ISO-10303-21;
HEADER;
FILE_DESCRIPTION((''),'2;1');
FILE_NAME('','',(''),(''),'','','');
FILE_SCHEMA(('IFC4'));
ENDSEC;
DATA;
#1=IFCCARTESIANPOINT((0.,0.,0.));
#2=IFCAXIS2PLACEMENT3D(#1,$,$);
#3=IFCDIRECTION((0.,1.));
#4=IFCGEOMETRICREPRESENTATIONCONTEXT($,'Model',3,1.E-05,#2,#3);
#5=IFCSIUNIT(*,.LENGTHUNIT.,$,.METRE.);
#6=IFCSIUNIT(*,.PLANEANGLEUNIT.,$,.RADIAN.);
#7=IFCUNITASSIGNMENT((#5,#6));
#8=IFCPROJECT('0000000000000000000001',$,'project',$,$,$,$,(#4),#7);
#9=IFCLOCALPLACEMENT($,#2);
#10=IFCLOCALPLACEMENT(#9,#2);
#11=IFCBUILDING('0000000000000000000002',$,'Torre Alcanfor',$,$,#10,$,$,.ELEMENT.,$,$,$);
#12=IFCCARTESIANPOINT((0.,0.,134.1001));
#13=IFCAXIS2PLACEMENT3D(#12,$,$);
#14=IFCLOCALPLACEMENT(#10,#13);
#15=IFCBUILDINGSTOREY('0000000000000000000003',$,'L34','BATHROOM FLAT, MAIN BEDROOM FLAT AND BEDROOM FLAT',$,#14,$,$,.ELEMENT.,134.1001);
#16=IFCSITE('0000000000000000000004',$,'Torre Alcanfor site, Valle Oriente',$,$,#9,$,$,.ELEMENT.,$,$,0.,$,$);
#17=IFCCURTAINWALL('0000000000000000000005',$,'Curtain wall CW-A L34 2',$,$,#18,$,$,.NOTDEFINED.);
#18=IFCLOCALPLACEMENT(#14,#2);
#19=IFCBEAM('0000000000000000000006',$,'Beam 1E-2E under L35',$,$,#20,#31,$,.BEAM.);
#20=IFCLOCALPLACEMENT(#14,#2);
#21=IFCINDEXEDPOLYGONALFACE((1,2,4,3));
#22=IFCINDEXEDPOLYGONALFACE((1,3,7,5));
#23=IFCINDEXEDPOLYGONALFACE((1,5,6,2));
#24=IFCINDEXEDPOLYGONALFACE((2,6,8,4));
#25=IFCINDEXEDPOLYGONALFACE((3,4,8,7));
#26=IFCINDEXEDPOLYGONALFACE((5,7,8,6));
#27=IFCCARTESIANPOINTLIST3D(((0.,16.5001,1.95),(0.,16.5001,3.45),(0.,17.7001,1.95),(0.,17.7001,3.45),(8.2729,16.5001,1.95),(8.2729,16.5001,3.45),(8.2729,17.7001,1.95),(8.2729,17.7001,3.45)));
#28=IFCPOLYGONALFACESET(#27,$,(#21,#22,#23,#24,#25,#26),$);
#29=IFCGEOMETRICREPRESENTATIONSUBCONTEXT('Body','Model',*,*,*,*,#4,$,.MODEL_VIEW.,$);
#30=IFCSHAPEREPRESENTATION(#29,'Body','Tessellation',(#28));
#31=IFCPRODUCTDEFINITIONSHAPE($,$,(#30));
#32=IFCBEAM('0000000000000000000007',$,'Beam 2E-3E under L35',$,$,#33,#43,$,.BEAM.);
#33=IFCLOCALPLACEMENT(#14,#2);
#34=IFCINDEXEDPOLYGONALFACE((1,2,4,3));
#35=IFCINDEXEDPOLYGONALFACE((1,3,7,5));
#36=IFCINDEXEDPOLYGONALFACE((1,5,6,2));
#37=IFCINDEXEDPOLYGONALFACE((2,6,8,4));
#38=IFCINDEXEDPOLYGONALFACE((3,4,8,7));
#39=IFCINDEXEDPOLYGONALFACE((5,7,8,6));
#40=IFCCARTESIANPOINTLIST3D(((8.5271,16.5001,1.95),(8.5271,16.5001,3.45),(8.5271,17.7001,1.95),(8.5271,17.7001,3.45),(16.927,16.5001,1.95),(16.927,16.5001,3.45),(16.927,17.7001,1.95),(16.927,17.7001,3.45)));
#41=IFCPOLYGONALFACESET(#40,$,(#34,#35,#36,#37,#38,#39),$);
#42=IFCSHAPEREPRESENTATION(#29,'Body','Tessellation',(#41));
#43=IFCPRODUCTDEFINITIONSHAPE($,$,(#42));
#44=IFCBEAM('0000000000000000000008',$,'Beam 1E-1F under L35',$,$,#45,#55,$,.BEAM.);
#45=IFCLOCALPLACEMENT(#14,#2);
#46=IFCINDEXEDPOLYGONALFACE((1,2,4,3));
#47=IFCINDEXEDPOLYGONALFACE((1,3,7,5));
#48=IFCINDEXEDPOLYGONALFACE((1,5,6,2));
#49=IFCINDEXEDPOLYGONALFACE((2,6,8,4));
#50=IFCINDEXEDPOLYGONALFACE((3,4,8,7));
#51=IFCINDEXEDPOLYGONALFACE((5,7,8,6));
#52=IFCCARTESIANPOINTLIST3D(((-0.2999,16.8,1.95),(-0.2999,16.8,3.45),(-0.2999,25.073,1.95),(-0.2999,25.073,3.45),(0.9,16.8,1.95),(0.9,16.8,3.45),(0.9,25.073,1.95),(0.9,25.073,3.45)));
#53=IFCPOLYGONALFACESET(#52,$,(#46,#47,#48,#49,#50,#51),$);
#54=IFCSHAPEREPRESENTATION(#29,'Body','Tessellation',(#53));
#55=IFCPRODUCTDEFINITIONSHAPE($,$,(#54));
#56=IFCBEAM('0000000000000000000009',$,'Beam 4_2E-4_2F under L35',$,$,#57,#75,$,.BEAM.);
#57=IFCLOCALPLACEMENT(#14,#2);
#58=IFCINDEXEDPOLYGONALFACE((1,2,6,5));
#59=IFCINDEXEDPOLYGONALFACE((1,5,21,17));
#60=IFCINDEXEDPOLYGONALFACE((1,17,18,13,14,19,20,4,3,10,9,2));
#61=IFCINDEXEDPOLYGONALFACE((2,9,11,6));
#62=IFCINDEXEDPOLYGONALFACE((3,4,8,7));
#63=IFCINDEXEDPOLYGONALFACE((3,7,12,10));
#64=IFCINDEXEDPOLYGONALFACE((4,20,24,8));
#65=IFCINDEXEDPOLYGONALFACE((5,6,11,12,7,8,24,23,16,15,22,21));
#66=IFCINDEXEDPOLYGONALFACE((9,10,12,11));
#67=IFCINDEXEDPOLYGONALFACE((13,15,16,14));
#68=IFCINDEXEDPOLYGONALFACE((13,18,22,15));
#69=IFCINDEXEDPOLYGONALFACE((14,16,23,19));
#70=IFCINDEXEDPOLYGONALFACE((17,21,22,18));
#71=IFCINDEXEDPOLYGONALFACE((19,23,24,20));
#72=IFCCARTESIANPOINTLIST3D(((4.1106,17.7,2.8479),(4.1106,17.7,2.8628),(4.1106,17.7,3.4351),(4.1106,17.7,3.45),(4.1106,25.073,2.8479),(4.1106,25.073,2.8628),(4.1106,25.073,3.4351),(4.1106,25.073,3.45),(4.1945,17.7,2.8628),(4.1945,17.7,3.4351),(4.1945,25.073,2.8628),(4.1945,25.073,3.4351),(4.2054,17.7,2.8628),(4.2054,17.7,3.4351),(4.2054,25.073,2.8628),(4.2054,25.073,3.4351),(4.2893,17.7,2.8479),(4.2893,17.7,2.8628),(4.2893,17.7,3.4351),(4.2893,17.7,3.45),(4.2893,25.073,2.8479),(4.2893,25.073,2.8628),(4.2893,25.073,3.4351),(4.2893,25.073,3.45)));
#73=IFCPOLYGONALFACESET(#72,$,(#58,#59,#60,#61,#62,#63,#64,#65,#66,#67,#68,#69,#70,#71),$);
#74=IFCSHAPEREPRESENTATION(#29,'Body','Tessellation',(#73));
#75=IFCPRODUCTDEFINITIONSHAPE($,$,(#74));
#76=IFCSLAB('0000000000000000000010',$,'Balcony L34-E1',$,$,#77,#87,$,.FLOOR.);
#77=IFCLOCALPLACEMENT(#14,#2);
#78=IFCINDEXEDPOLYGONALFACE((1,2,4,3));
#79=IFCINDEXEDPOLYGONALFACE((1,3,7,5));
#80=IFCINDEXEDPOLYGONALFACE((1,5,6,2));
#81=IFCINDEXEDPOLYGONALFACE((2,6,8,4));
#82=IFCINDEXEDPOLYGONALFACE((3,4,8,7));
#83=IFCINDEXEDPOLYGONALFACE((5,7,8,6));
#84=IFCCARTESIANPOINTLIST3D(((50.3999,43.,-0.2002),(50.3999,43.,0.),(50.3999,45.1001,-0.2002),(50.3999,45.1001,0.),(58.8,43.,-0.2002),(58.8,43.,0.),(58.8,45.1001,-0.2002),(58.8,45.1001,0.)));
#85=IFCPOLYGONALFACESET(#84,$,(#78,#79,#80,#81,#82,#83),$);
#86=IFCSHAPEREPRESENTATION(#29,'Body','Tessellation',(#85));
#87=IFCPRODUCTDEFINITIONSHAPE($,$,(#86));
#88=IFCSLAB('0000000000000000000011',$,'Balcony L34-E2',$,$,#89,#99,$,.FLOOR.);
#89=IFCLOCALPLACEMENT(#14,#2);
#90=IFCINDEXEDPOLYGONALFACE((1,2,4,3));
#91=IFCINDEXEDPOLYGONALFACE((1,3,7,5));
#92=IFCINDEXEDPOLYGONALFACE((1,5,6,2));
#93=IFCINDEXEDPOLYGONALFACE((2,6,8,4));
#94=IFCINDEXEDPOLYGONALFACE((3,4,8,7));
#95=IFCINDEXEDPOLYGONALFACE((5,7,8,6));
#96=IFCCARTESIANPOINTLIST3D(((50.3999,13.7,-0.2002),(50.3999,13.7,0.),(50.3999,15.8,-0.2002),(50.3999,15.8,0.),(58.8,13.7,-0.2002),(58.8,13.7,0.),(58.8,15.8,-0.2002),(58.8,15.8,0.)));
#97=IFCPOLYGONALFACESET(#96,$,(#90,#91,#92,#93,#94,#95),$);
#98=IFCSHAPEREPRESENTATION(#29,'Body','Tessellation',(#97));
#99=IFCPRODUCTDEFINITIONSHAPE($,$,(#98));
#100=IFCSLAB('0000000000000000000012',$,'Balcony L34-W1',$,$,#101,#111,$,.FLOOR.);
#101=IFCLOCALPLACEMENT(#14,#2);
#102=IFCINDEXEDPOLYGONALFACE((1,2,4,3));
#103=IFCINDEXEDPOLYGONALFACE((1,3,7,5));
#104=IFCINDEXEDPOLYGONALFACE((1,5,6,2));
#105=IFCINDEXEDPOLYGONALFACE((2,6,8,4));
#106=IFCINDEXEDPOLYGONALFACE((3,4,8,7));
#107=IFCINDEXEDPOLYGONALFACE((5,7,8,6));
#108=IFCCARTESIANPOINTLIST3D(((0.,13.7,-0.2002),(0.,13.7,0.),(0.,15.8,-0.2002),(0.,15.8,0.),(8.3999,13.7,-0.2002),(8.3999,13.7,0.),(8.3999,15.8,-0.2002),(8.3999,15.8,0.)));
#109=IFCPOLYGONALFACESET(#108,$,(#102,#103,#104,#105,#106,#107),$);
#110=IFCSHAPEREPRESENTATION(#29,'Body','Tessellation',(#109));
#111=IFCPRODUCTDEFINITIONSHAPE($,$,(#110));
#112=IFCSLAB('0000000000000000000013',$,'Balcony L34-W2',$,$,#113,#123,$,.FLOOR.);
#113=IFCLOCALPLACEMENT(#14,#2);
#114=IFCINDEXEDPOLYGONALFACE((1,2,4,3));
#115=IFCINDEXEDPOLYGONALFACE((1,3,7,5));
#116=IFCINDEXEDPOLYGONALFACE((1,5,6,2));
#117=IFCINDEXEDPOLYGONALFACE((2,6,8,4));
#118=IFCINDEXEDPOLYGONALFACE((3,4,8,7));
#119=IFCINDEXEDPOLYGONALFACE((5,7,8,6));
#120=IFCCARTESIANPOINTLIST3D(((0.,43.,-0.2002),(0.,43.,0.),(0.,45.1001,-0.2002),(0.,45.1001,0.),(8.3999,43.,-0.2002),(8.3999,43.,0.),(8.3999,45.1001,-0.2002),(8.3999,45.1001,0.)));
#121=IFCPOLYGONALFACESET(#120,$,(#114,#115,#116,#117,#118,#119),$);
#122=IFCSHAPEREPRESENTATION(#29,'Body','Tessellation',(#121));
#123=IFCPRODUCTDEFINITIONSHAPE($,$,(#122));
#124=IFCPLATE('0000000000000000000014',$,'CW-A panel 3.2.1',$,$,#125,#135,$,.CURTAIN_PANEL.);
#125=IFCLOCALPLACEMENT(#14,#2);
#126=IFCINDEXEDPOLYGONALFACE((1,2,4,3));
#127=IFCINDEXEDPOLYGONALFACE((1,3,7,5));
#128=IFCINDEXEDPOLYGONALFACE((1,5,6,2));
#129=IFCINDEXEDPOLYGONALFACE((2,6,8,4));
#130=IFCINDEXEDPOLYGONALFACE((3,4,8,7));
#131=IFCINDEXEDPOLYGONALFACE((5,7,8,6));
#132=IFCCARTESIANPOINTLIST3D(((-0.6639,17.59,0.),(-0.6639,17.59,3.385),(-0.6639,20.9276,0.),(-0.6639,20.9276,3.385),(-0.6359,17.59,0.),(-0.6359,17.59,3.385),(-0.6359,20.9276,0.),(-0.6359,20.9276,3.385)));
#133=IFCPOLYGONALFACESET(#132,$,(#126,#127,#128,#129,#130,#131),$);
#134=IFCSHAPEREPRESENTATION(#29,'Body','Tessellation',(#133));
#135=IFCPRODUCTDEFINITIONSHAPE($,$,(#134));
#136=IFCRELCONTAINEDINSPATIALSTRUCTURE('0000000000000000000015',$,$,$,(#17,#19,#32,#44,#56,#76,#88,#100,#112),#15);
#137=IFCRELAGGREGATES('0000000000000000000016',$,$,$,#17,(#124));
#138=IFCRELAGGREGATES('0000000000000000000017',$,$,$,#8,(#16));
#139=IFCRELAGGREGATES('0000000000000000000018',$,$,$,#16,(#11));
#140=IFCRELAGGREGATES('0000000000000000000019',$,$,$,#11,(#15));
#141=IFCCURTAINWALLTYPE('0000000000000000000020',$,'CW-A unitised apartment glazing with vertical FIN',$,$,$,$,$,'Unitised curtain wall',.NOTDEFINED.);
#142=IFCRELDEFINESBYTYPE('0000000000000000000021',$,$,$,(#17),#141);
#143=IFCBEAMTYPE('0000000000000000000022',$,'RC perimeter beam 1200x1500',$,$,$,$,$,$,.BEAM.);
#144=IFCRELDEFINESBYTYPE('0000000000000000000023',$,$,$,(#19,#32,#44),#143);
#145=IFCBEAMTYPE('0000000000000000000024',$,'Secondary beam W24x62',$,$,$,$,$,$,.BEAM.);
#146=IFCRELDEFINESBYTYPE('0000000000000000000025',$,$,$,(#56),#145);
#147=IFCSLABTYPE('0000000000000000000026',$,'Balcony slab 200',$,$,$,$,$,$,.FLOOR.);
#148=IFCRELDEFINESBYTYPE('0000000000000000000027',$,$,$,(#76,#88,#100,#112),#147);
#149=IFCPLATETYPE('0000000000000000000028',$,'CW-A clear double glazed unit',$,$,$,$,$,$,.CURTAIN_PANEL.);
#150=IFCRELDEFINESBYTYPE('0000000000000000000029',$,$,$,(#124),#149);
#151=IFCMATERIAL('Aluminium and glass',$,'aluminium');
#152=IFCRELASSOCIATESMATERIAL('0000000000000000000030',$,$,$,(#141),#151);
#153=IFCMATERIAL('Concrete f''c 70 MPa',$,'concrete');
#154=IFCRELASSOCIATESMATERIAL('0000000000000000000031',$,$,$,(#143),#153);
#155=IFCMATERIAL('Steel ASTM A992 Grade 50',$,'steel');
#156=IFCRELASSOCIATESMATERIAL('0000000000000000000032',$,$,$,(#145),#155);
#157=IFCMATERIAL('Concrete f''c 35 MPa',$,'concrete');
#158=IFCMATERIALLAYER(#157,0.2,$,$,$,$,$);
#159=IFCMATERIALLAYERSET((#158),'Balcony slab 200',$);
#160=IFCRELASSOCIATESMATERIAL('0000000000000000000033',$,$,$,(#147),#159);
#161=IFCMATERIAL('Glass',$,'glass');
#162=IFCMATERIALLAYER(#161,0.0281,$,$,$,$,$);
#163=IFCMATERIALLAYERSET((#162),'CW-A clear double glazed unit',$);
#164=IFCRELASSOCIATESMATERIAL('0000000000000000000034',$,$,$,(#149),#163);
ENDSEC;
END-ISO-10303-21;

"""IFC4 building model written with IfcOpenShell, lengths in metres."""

from ifc_helpers import new_model, si_unit, direction, frame, origin, origin_2d, place, context, subcontext, project, spatial, polyline, rectangle, i_section, outline, extrude, material, layer, layer_set, material_profile, profile_set, type_object, element, aggregate, save


model = new_model("IFC4")

# Units and contexts
model_context = context("Model", 3, precision=1e-05, world=origin(), true_north=direction((0.0, 1.0)))
body_context = subcontext(model_context, "Body", "Model", "MODEL_VIEW")
ifc_project = project(units=[si_unit("LENGTHUNIT", "METRE"), si_unit("PLANEANGLEUNIT", "RADIAN")], contexts=[model_context])

# Site, building, storey
site_placement = place(None, origin())
site = spatial("IfcSite", under=ifc_project, at=site_placement, Name="Torre Alcanfor site, Valle Oriente", CompositionType="ELEMENT", RefElevation=0.0)
building_placement = place(site_placement, origin())
building = spatial("IfcBuilding", under=site, at=building_placement, Name="Torre Alcanfor", CompositionType="ELEMENT")
storey_placement = place(building_placement, frame((0.0, 0.0, 134.1001)))
storey = spatial("IfcBuildingStorey", under=building, at=storey_placement, Name="L34", Description="BATHROOM FLAT, MAIN BEDROOM FLAT AND BEDROOM FLAT", CompositionType="ELEMENT", Elevation=134.1001)

# Curtain wall
ifc_material_1 = material(Name="Aluminium and glass", Category="aluminium")
curtain_wall_type = type_object("IfcCurtainWallType", Name="CW-A unitised apartment glazing with vertical FIN", ElementType="Unitised curtain wall", PredefinedType="NOTDEFINED", material=ifc_material_1)
curtain_wall_placement = place(storey_placement, origin())
curtain_wall = element("IfcCurtainWall", 1, at=curtain_wall_placement, inside=storey, type_object=curtain_wall_type, Name="Curtain wall CW-A L34 2", PredefinedType="NOTDEFINED")

# Beams
ifc_material_2 = material(Name="Concrete f'c 70 MPa", Category="concrete")
ifc_material_profile_1 = material_profile(ifc_material_2, rectangle(XDim=1.2, YDim=1.5, at=origin_2d()), Name="1200x1500")
ifc_profile_set_1 = profile_set([ifc_material_profile_1], Name="Concrete f'c 70 MPa")
beam_type_1 = type_object("IfcBeamType", Name="RC perimeter beam 1200x1500", PredefinedType="BEAM", material=ifc_profile_set_1)
beam_1_placement = place(storey_placement, frame((0.0, 17.1001, 2.7), z_axis=(1.0, 0.0, 0.0), x_axis=(0.0, 1.0, 0.0)))
element("IfcBeam", 2, at=beam_1_placement, inside=storey, type_object=beam_type_1, Name="Beam 1E-2E under L35", PredefinedType="BEAM", context=body_context, shape_type="SweptSolid", body=[
    extrude(rectangle(XDim=1.2, YDim=1.5, at=origin_2d()), origin(), (0.0, 0.0, 1.0), 8.2729),
])
beam_2_placement = place(storey_placement, frame((8.5271, 17.1001, 2.7), z_axis=(1.0, 0.0, 0.0), x_axis=(0.0, 1.0, 0.0)))
element("IfcBeam", 3, at=beam_2_placement, inside=storey, type_object=beam_type_1, Name="Beam 2E-3E under L35", PredefinedType="BEAM", context=body_context, shape_type="SweptSolid", body=[
    extrude(rectangle(XDim=1.2, YDim=1.5, at=origin_2d()), origin(), (0.0, 0.0, 1.0), 8.3999),
])
beam_3_placement = place(storey_placement, frame((0.3, 16.8, 2.7), z_axis=(0.0, 1.0, 0.0), x_axis=(-1.0, 0.0, 0.0)))
element("IfcBeam", 4, at=beam_3_placement, inside=storey, type_object=beam_type_1, Name="Beam 1E-1F under L35", PredefinedType="BEAM", context=body_context, shape_type="SweptSolid", body=[
    extrude(rectangle(XDim=1.2, YDim=1.5, at=origin_2d()), origin(), (0.0, 0.0, 1.0), 8.2729),
])
ifc_material_3 = material(Name="Steel ASTM A992 Grade 50", Category="steel")
ifc_material_profile_2 = material_profile(ifc_material_3, i_section(OverallWidth=0.1787, OverallDepth=0.6021, WebThickness=0.011, FlangeThickness=0.0149, at=origin_2d()), Name="W24x62")
ifc_profile_set_2 = profile_set([ifc_material_profile_2], Name="Steel ASTM A992 Grade 50")
beam_type_2 = type_object("IfcBeamType", Name="Secondary beam W24x62", PredefinedType="BEAM", material=ifc_profile_set_2)
beam_4_placement = place(storey_placement, frame((4.2, 17.7, 3.1489), z_axis=(0.0, 1.0, 0.0), x_axis=(-1.0, 0.0, 0.0)))
element("IfcBeam", 5, at=beam_4_placement, inside=storey, type_object=beam_type_2, Name="Beam 4_2E-4_2F under L35", PredefinedType="BEAM", context=body_context, shape_type="SweptSolid", body=[
    extrude(i_section(OverallWidth=0.1787, OverallDepth=0.6021, WebThickness=0.011, FlangeThickness=0.0149, at=origin_2d()), origin(), (0.0, 0.0, 1.0), 7.373),
])

# Slabs
ifc_material_4 = material(Name="Concrete f'c 35 MPa", Category="concrete")
ifc_layer_1 = layer(ifc_material_4, 0.2)
ifc_layer_set_1 = layer_set([ifc_layer_1], Name="Balcony slab 200")
slab_type_1 = type_object("IfcSlabType", Name="Balcony slab 200", PredefinedType="FLOOR", material=ifc_layer_set_1)
slab_1_placement = place(storey_placement, frame((0.0, 0.0, -0.2002)))
element("IfcSlab", 6, at=slab_1_placement, inside=storey, type_object=slab_type_1, Name="Balcony L34-E1", PredefinedType="FLOOR", context=body_context, shape_type="SweptSolid", body=[
    extrude(outline(polyline([(50.3999, 43.0), (58.8, 43.0), (58.8, 45.1001), (50.3999, 45.1001), (50.3999, 43.0)])), origin(), (0.0, 0.0, 1.0), 0.2002),
])
slab_2_placement = place(storey_placement, frame((0.0, 0.0, -0.2002)))
element("IfcSlab", 7, at=slab_2_placement, inside=storey, type_object=slab_type_1, Name="Balcony L34-E2", PredefinedType="FLOOR", context=body_context, shape_type="SweptSolid", body=[
    extrude(outline(polyline([(50.3999, 13.7), (58.8, 13.7), (58.8, 15.8), (50.3999, 15.8), (50.3999, 13.7)])), origin(), (0.0, 0.0, 1.0), 0.2002),
])
slab_3_placement = place(storey_placement, frame((0.0, 0.0, -0.2002)))
element("IfcSlab", 8, at=slab_3_placement, inside=storey, type_object=slab_type_1, Name="Balcony L34-W1", PredefinedType="FLOOR", context=body_context, shape_type="SweptSolid", body=[
    extrude(outline(polyline([(8.3999, 15.8), (0.0, 15.8), (0.0, 13.7), (8.3999, 13.7), (8.3999, 15.8)])), origin(), (0.0, 0.0, 1.0), 0.2002),
])
slab_4_placement = place(storey_placement, frame((0.0, 0.0, -0.2002)))
element("IfcSlab", 9, at=slab_4_placement, inside=storey, type_object=slab_type_1, Name="Balcony L34-W2", PredefinedType="FLOOR", context=body_context, shape_type="SweptSolid", body=[
    extrude(outline(polyline([(8.3999, 45.1001), (0.0, 45.1001), (0.0, 43.0), (8.3999, 43.0), (8.3999, 45.1001)])), origin(), (0.0, 0.0, 1.0), 0.2002),
])

# Plate
ifc_material_5 = material(Name="Glass", Category="glass")
ifc_layer_2 = layer(ifc_material_5, 0.0281)
ifc_layer_set_2 = layer_set([ifc_layer_2], Name="CW-A clear double glazed unit")
plate_type = type_object("IfcPlateType", Name="CW-A clear double glazed unit", PredefinedType="CURTAIN_PANEL", material=ifc_layer_set_2)
plate_placement = place(storey_placement, frame((-0.6499, 19.2588, 0.0), z_axis=(0.0, 0.0, 1.0), x_axis=(0.0, -1.0, 0.0)))
plate = element("IfcPlate", 10, at=plate_placement, type_object=plate_type, Name="CW-A panel 3.2.1", PredefinedType="CURTAIN_PANEL", context=body_context, shape_type="SweptSolid", body=[
    extrude(rectangle(XDim=3.3376, YDim=0.0281, at=origin_2d()), origin(), (0.0, 0.0, 1.0), 3.385),
])
aggregate(curtain_wall, [plate])

save(model, "model.ifc")
